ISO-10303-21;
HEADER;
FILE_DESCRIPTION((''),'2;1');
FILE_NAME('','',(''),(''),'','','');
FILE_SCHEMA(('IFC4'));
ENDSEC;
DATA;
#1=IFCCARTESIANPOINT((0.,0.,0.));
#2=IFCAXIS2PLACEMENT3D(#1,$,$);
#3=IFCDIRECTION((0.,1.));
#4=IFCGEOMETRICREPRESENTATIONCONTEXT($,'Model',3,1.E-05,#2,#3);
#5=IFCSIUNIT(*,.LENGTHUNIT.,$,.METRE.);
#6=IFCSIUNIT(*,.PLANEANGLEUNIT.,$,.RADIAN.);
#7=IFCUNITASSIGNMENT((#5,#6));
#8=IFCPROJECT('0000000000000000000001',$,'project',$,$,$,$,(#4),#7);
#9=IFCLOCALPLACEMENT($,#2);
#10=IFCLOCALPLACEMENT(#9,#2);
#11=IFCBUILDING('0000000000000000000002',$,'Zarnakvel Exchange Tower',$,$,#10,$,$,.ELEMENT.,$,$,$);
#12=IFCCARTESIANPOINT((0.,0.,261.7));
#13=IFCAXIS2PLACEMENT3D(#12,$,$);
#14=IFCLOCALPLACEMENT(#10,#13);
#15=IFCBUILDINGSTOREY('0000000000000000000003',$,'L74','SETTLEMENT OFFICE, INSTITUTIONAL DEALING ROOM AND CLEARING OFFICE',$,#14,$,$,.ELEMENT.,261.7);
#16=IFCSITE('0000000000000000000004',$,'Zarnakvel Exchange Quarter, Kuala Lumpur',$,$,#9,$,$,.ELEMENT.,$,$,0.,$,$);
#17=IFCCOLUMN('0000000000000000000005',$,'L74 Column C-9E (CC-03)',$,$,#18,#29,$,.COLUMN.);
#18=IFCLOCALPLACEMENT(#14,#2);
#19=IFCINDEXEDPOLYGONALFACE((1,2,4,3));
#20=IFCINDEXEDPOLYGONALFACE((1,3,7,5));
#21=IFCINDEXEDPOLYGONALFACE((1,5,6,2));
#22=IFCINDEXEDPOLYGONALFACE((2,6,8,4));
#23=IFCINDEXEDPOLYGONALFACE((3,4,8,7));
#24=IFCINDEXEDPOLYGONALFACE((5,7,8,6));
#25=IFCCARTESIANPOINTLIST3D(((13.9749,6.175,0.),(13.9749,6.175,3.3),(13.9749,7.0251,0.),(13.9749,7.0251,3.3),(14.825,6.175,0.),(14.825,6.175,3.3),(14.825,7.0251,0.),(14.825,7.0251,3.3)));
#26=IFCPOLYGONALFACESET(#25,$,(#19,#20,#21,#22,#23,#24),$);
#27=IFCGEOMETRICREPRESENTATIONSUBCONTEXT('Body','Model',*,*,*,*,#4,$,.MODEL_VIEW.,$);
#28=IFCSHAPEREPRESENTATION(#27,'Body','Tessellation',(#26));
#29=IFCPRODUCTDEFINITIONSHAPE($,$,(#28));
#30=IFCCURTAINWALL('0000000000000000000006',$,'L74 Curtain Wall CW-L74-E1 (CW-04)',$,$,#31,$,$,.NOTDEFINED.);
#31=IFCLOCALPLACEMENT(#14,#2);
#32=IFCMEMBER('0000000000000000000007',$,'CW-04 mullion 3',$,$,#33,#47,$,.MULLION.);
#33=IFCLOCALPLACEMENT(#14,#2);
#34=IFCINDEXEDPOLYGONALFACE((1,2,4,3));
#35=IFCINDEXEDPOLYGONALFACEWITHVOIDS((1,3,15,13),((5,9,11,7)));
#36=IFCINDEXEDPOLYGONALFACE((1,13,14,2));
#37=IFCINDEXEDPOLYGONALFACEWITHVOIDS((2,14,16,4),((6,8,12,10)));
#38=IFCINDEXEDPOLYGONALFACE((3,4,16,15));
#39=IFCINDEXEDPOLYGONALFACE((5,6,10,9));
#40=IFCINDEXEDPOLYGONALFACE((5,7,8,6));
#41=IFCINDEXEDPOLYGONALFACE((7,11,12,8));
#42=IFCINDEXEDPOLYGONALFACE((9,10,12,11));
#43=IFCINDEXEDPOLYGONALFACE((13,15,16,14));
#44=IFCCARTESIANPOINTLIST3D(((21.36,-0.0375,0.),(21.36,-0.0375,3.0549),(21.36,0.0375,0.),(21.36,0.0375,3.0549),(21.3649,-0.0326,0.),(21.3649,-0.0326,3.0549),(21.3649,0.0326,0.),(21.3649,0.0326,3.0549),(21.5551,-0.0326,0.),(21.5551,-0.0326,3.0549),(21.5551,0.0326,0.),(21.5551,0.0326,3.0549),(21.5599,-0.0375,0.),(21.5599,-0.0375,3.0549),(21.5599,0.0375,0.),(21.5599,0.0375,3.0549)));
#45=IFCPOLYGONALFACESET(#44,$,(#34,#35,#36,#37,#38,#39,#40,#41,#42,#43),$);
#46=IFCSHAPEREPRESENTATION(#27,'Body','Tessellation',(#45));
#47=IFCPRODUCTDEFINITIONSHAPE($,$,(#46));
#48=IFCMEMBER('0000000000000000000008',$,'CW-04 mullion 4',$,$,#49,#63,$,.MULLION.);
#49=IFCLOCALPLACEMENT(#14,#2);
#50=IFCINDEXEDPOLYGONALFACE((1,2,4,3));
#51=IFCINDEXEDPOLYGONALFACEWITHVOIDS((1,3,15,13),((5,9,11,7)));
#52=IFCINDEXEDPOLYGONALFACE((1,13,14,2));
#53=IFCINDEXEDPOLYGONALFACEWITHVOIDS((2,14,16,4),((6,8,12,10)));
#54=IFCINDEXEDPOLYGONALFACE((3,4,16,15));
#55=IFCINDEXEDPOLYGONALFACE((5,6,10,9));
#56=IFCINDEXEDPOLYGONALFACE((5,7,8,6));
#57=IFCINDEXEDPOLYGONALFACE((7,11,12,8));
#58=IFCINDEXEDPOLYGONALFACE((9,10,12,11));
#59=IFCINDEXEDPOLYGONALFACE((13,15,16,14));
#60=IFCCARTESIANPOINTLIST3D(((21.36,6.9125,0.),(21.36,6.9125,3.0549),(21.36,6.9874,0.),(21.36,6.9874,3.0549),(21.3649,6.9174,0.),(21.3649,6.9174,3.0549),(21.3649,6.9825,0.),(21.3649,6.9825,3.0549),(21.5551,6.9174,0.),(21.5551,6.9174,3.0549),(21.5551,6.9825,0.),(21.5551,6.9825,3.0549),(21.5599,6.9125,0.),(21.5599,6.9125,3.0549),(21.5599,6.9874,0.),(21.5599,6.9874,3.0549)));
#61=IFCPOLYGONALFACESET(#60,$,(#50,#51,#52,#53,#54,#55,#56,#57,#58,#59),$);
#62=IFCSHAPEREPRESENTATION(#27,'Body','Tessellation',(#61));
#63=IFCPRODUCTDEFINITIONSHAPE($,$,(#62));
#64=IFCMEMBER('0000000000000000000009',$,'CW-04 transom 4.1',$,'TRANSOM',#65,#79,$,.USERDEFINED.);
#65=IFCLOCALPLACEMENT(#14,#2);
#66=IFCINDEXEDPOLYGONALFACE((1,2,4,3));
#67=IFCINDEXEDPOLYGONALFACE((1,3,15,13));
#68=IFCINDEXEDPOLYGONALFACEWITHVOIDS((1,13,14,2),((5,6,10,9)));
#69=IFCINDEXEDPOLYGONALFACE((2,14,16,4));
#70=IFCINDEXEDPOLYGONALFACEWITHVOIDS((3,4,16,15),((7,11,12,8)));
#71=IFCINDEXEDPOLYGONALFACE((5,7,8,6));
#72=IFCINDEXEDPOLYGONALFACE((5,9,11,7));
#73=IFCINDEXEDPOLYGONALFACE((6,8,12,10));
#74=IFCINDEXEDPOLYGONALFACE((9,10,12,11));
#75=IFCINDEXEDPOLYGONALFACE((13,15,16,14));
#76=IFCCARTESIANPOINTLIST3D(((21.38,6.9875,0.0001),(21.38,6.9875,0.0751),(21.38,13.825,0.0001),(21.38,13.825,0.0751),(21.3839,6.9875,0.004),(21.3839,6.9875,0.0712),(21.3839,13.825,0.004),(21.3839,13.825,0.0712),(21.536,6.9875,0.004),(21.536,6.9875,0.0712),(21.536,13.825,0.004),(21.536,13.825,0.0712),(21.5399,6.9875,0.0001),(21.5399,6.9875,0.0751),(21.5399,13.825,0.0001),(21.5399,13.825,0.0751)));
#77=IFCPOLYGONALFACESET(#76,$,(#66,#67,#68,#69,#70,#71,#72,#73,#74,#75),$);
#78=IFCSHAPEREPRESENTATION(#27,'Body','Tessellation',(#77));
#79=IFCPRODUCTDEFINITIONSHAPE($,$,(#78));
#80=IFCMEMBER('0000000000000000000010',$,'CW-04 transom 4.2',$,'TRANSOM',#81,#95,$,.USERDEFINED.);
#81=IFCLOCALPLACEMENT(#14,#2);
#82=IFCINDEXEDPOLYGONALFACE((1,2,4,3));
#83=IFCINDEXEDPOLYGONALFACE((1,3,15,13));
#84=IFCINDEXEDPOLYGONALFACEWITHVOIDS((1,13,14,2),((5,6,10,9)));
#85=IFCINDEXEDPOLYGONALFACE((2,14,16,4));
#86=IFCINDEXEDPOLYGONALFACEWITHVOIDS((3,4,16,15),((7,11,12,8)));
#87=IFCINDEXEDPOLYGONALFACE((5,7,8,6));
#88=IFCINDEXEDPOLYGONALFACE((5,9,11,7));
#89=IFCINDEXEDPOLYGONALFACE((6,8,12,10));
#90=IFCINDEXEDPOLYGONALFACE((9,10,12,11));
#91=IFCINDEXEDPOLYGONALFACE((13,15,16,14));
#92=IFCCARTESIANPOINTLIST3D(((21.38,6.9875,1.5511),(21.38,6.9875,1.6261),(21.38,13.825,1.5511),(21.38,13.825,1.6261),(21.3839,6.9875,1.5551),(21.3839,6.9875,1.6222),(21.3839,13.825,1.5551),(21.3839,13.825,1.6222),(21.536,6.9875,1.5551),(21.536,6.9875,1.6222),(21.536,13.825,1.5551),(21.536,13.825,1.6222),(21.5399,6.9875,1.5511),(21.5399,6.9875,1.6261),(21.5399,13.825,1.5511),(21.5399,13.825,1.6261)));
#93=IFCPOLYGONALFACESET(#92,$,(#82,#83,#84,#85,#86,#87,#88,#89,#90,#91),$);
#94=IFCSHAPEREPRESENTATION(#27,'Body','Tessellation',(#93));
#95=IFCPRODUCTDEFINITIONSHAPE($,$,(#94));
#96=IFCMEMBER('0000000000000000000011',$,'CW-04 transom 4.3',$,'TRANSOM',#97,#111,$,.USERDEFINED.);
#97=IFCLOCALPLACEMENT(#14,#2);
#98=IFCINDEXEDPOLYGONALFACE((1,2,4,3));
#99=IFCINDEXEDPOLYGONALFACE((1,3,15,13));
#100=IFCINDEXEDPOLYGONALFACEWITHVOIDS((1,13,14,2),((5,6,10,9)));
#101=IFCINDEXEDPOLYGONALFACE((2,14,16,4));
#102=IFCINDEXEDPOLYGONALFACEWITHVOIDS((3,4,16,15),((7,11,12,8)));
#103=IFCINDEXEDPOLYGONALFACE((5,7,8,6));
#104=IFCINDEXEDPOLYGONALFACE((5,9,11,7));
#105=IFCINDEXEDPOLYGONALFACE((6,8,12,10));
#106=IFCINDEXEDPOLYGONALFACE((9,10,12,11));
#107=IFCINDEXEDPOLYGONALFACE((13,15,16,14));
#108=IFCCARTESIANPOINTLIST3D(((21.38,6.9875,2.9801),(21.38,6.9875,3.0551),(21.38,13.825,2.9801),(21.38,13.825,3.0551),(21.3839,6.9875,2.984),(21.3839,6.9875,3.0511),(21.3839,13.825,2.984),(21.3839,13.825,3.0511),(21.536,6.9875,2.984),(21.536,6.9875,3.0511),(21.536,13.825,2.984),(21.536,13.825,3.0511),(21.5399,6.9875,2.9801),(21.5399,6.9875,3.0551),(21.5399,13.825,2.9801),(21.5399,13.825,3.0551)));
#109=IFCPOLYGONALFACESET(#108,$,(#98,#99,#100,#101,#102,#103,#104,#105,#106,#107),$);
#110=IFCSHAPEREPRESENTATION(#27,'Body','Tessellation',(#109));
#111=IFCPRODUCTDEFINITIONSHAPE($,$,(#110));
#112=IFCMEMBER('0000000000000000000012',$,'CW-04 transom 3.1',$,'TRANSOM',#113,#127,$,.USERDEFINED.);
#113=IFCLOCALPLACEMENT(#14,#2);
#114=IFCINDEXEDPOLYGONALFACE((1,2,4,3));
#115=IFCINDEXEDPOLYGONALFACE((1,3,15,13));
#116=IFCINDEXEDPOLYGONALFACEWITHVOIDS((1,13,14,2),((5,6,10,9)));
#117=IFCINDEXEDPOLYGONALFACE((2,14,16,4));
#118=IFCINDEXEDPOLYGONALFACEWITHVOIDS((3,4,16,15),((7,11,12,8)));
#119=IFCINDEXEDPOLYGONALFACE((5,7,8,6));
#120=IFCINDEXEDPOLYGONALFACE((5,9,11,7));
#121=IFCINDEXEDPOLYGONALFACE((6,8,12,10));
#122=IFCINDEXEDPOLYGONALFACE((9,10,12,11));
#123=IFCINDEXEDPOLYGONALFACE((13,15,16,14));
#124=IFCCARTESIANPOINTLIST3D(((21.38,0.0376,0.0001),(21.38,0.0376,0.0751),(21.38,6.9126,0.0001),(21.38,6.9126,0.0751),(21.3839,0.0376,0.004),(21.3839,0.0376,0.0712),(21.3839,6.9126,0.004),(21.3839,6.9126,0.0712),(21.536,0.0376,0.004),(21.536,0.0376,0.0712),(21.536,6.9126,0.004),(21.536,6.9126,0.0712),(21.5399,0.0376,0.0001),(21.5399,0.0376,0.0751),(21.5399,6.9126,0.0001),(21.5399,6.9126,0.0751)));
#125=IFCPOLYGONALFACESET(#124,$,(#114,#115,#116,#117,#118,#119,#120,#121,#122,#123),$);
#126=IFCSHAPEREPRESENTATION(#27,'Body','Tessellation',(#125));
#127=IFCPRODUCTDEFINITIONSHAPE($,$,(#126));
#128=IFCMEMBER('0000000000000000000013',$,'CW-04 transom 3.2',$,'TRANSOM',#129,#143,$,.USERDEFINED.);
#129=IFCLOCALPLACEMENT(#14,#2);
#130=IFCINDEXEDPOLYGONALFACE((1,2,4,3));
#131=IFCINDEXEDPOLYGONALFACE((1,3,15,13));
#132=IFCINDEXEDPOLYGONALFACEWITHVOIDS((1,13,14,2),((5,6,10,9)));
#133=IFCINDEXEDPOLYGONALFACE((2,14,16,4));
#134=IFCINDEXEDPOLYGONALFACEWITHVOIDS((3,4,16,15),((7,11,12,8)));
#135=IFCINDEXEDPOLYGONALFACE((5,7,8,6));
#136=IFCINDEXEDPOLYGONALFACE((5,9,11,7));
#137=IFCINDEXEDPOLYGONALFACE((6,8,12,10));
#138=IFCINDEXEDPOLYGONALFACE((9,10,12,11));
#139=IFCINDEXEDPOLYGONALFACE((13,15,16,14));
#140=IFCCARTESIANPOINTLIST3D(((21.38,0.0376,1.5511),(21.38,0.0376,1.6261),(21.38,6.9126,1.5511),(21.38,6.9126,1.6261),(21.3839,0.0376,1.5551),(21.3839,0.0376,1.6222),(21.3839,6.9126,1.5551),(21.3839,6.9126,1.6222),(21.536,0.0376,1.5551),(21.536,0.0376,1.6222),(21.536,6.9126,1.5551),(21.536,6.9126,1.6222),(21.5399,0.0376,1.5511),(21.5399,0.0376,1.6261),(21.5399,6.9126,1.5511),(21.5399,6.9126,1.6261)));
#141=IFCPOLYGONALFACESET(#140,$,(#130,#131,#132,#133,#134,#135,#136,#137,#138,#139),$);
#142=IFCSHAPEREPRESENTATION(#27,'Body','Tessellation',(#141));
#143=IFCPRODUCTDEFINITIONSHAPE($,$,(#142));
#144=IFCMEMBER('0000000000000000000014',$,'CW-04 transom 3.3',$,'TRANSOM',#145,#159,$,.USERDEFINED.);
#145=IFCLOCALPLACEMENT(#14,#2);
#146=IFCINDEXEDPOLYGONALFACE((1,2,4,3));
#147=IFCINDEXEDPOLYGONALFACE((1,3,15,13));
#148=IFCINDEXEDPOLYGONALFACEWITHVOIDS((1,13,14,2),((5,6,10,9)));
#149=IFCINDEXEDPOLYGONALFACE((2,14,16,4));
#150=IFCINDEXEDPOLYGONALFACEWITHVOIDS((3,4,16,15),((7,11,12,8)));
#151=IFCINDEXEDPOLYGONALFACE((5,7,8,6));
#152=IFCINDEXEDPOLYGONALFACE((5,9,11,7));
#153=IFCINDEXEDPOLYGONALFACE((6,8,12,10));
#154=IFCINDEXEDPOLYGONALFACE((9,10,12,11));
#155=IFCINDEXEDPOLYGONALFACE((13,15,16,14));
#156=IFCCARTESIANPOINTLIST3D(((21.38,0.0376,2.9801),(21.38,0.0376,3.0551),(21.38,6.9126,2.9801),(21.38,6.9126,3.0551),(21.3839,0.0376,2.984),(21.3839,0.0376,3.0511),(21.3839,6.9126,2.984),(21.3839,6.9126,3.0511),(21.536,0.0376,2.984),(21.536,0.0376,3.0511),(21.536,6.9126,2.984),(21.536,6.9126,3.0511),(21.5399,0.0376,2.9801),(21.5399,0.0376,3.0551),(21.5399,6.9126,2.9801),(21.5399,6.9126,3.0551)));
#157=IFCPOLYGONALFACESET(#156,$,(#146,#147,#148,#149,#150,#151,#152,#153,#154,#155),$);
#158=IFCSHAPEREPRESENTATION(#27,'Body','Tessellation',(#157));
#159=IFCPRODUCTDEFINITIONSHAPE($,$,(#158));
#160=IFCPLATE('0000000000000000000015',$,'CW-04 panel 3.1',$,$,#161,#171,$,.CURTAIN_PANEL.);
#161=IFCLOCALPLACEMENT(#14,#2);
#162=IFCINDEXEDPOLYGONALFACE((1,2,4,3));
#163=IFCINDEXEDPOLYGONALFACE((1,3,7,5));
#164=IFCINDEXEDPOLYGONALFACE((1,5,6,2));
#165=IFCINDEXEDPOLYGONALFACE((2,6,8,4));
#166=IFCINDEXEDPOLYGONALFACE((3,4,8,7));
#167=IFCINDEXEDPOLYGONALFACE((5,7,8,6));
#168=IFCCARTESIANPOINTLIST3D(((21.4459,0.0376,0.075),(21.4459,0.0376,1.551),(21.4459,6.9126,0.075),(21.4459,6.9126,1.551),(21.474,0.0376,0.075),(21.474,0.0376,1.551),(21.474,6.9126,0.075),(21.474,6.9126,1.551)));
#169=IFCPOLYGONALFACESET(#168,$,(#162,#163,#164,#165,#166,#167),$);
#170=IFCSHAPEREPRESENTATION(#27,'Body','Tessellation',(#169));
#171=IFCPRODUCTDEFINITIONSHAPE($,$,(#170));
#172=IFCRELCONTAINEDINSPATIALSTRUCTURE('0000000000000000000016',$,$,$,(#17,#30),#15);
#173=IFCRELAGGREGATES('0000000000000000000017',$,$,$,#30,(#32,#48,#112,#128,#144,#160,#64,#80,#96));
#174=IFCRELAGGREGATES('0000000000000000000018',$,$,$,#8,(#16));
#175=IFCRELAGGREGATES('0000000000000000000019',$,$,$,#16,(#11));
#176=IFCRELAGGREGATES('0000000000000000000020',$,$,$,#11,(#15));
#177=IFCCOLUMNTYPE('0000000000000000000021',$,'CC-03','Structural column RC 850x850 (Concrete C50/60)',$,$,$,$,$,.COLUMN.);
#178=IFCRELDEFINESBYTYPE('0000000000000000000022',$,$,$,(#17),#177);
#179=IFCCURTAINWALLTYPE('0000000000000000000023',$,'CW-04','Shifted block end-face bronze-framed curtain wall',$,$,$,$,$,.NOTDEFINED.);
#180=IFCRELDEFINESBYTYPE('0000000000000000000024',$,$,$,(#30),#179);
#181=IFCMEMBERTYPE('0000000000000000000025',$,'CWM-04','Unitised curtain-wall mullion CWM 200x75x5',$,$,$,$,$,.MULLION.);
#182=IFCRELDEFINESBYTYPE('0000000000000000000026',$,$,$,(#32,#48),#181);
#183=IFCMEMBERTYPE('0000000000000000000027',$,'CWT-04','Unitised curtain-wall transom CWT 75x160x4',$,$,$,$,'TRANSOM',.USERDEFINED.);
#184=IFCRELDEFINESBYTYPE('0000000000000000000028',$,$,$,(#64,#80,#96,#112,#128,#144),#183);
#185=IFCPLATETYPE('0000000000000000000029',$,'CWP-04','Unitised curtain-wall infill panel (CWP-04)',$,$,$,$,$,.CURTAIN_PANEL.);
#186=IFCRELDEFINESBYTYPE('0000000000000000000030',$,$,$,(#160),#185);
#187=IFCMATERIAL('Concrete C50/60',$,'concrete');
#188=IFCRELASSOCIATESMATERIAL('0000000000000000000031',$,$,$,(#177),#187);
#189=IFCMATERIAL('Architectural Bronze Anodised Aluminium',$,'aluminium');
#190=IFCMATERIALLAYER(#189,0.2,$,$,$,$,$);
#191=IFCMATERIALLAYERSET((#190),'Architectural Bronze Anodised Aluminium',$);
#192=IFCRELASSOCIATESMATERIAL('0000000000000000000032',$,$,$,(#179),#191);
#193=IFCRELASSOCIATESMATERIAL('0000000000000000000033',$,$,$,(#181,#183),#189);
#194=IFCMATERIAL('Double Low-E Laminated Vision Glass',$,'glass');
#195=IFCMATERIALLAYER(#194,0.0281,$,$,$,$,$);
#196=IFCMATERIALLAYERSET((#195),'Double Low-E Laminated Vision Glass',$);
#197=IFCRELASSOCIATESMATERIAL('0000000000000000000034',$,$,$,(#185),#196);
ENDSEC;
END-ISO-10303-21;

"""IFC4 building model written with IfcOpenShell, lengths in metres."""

from ifc_helpers import new_model, si_unit, direction, frame, origin, origin_2d, place, context, subcontext, project, spatial, rectangle, hollow_rectangle, extrude, source, transform, mapped, material, layer, layer_set, material_profile, profile_set, type_object, element, aggregate, save


model = new_model("IFC4")

# Units and contexts
model_context = context("Model", 3, precision=1e-05, world=origin(), true_north=direction((0.0, 1.0)))
body_context = subcontext(model_context, "Body", "Model", "MODEL_VIEW")
ifc_project = project(units=[si_unit("LENGTHUNIT", "METRE"), si_unit("PLANEANGLEUNIT", "RADIAN")], contexts=[model_context])

# Site, building, storey
site_placement = place(None, origin())
site = spatial("IfcSite", under=ifc_project, at=site_placement, Name="Zarnakvel Exchange Quarter, Kuala Lumpur", CompositionType="ELEMENT", RefElevation=0.0)
building_placement = place(site_placement, origin())
building = spatial("IfcBuilding", under=site, at=building_placement, Name="Zarnakvel Exchange Tower", CompositionType="ELEMENT")
storey_placement = place(building_placement, frame((0.0, 0.0, 261.7)))
storey = spatial("IfcBuildingStorey", under=building, at=storey_placement, Name="L74", Description="SETTLEMENT OFFICE, INSTITUTIONAL DEALING ROOM AND CLEARING OFFICE", CompositionType="ELEMENT", Elevation=261.7)

# Column
ifc_material_1 = material(Name="Concrete C50/60", Category="concrete")
ifc_material_profile_1 = material_profile(ifc_material_1, rectangle(XDim=0.8501, YDim=0.8501, at=origin_2d()))
ifc_profile_set_1 = profile_set([ifc_material_profile_1], Name="Concrete C50/60")
column_type = type_object("IfcColumnType", Name="CC-03", Description="Structural column RC 850x850 (Concrete C50/60)", PredefinedType="COLUMN", material=ifc_profile_set_1)
column_placement = place(storey_placement, frame((14.3999, 6.6001, 0.0), z_axis=(0.0, 0.0, 1.0), x_axis=(1.0, 0.0, 0.0)))
element("IfcColumn", 1, at=column_placement, inside=storey, type_object=column_type, Name="L74 Column C-9E (CC-03)", PredefinedType="COLUMN", context=body_context, shape_type="SweptSolid", body=[
    extrude(rectangle(XDim=0.8501, YDim=0.8501, at=origin_2d()), origin(), (0.0, 0.0, 1.0), 3.3),
])

# Curtain wall, members, plate
ifc_material_2 = material(Name="Architectural Bronze Anodised Aluminium", Category="aluminium")
ifc_layer_1 = layer(ifc_material_2, 0.2)
ifc_layer_set_1 = layer_set([ifc_layer_1], Name="Architectural Bronze Anodised Aluminium")
curtain_wall_type = type_object("IfcCurtainWallType", Name="CW-04", Description="Shifted block end-face bronze-framed curtain wall", PredefinedType="NOTDEFINED", material=ifc_layer_set_1)
curtain_wall_placement = place(storey_placement, origin())
curtain_wall = element("IfcCurtainWall", 2, at=curtain_wall_placement, inside=storey, type_object=curtain_wall_type, Name="L74 Curtain Wall CW-L74-E1 (CW-04)", PredefinedType="NOTDEFINED")
ifc_material_profile_2 = material_profile(ifc_material_2, hollow_rectangle(XDim=0.2, YDim=0.075, WallThickness=0.0049, at=origin_2d()))
ifc_profile_set_2 = profile_set([ifc_material_profile_2], Name="Architectural Bronze Anodised Aluminium")
member_type_1 = type_object("IfcMemberType", Name="CWM-04", Description="Unitised curtain-wall mullion CWM 200x75x5", PredefinedType="MULLION", material=ifc_profile_set_2)
shared_shape_1 = source(origin(), body_context, "Body", "SweptSolid", [
    extrude(hollow_rectangle(XDim=0.2, YDim=0.075, WallThickness=0.0049, at=origin_2d()), origin(), (0.0, 0.0, 1.0), 3.0549),
])
member_1_placement = place(storey_placement, frame((21.46, 0.0, 0.0), z_axis=(0.0, 0.0, 1.0), x_axis=(-1.0, 0.0, 0.0)))
member_1 = element("IfcMember", 3, at=member_1_placement, type_object=member_type_1, Name="CW-04 mullion 3", PredefinedType="MULLION", context=body_context, shape_type="MappedRepresentation", body=[
    mapped(shared_shape_1, transform((0.0, 0.0, 0.0), x_axis=(1.0, 0.0, 0.0), y_axis=(0.0, 1.0, 0.0), z_axis=(0.0, 0.0, 1.0), scale=1.0)),
])
member_2_placement = place(storey_placement, frame((21.46, 6.95, 0.0), z_axis=(0.0, 0.0, 1.0), x_axis=(-1.0, 0.0, 0.0)))
member_2 = element("IfcMember", 4, at=member_2_placement, type_object=member_type_1, Name="CW-04 mullion 4", PredefinedType="MULLION", context=body_context, shape_type="MappedRepresentation", body=[
    mapped(shared_shape_1, transform((0.0, 0.0, 0.0), x_axis=(1.0, 0.0, 0.0), y_axis=(0.0, 1.0, 0.0), z_axis=(0.0, 0.0, 1.0), scale=1.0)),
])
ifc_material_profile_3 = material_profile(ifc_material_2, hollow_rectangle(XDim=0.1599, YDim=0.075, WallThickness=0.0039, at=origin_2d()))
ifc_profile_set_3 = profile_set([ifc_material_profile_3], Name="Architectural Bronze Anodised Aluminium")
member_type_2 = type_object("IfcMemberType", Name="CWT-04", Description="Unitised curtain-wall transom CWT 75x160x4", ElementType="TRANSOM", PredefinedType="USERDEFINED", material=ifc_profile_set_3)
shared_shape_2 = source(origin(), body_context, "Body", "SweptSolid", [
    extrude(hollow_rectangle(XDim=0.1599, YDim=0.075, WallThickness=0.0039, at=origin_2d()), origin(), (0.0, 0.0, 1.0), 6.8374),
])
member_3_placement = place(storey_placement, frame((21.46, 6.9875, 0.0376), z_axis=(0.0, 1.0, 0.0), x_axis=(-1.0, 0.0, 0.0)))
member_3 = element("IfcMember", 5, at=member_3_placement, type_object=member_type_2, Name="CW-04 transom 4.1", ObjectType="TRANSOM", PredefinedType="USERDEFINED", context=body_context, shape_type="MappedRepresentation", body=[
    mapped(shared_shape_2, transform((0.0, 0.0, 0.0), x_axis=(1.0, 0.0, 0.0), y_axis=(0.0, 1.0, 0.0), z_axis=(0.0, 0.0, 1.0), scale=1.0)),
])
member_4_placement = place(storey_placement, frame((21.46, 6.9875, 1.5886), z_axis=(0.0, 1.0, 0.0), x_axis=(-1.0, 0.0, 0.0)))
member_4 = element("IfcMember", 6, at=member_4_placement, type_object=member_type_2, Name="CW-04 transom 4.2", ObjectType="TRANSOM", PredefinedType="USERDEFINED", context=body_context, shape_type="MappedRepresentation", body=[
    mapped(shared_shape_2, transform((0.0, 0.0, 0.0), x_axis=(1.0, 0.0, 0.0), y_axis=(0.0, 1.0, 0.0), z_axis=(0.0, 0.0, 1.0), scale=1.0)),
])
member_5_placement = place(storey_placement, frame((21.46, 6.9875, 3.0176), z_axis=(0.0, 1.0, 0.0), x_axis=(-1.0, 0.0, 0.0)))
member_5 = element("IfcMember", 7, at=member_5_placement, type_object=member_type_2, Name="CW-04 transom 4.3", ObjectType="TRANSOM", PredefinedType="USERDEFINED", context=body_context, shape_type="MappedRepresentation", body=[
    mapped(shared_shape_2, transform((0.0, 0.0, 0.0), x_axis=(1.0, 0.0, 0.0), y_axis=(0.0, 1.0, 0.0), z_axis=(0.0, 0.0, 1.0), scale=1.0)),
])
shared_shape_3 = source(origin(), body_context, "Body", "SweptSolid", [
    extrude(hollow_rectangle(XDim=0.1599, YDim=0.075, WallThickness=0.0039, at=origin_2d()), origin(), (0.0, 0.0, 1.0), 6.875),
])
member_6_placement = place(storey_placement, frame((21.46, 0.0376, 0.0376), z_axis=(0.0, 1.0, 0.0), x_axis=(-1.0, 0.0, 0.0)))
member_6 = element("IfcMember", 8, at=member_6_placement, type_object=member_type_2, Name="CW-04 transom 3.1", ObjectType="TRANSOM", PredefinedType="USERDEFINED", context=body_context, shape_type="MappedRepresentation", body=[
    mapped(shared_shape_3, transform((0.0, 0.0, 0.0), x_axis=(1.0, 0.0, 0.0), y_axis=(0.0, 1.0, 0.0), z_axis=(0.0, 0.0, 1.0), scale=1.0)),
])
member_7_placement = place(storey_placement, frame((21.46, 0.0376, 1.5886), z_axis=(0.0, 1.0, 0.0), x_axis=(-1.0, 0.0, 0.0)))
member_7 = element("IfcMember", 9, at=member_7_placement, type_object=member_type_2, Name="CW-04 transom 3.2", ObjectType="TRANSOM", PredefinedType="USERDEFINED", context=body_context, shape_type="MappedRepresentation", body=[
    mapped(shared_shape_3, transform((0.0, 0.0, 0.0), x_axis=(1.0, 0.0, 0.0), y_axis=(0.0, 1.0, 0.0), z_axis=(0.0, 0.0, 1.0), scale=1.0)),
])
member_8_placement = place(storey_placement, frame((21.46, 0.0376, 3.0176), z_axis=(0.0, 1.0, 0.0), x_axis=(-1.0, 0.0, 0.0)))
member_8 = element("IfcMember", 10, at=member_8_placement, type_object=member_type_2, Name="CW-04 transom 3.3", ObjectType="TRANSOM", PredefinedType="USERDEFINED", context=body_context, shape_type="MappedRepresentation", body=[
    mapped(shared_shape_3, transform((0.0, 0.0, 0.0), x_axis=(1.0, 0.0, 0.0), y_axis=(0.0, 1.0, 0.0), z_axis=(0.0, 0.0, 1.0), scale=1.0)),
])
ifc_material_3 = material(Name="Double Low-E Laminated Vision Glass", Category="glass")
ifc_layer_2 = layer(ifc_material_3, 0.0281)
ifc_layer_set_2 = layer_set([ifc_layer_2], Name="Double Low-E Laminated Vision Glass")
plate_type = type_object("IfcPlateType", Name="CWP-04", Description="Unitised curtain-wall infill panel (CWP-04)", PredefinedType="CURTAIN_PANEL", material=ifc_layer_set_2)
shared_shape_4 = source(origin(), body_context, "Body", "SweptSolid", [
    extrude(rectangle(XDim=6.875, YDim=0.0281, at=origin_2d()), origin(), (0.0, 0.0, 1.0), 1.4761),
])
plate_1_placement = place(storey_placement, frame((21.46, 3.4751, 0.075), z_axis=(0.0, 0.0, 1.0), x_axis=(0.0, 1.0, 0.0)))
plate_1 = element("IfcPlate", 11, at=plate_1_placement, type_object=plate_type, Name="CW-04 panel 3.1", PredefinedType="CURTAIN_PANEL", context=body_context, shape_type="MappedRepresentation", body=[
    mapped(shared_shape_4, transform((0.0, 0.0, 0.0), x_axis=(1.0, 0.0, 0.0), y_axis=(0.0, 1.0, 0.0), z_axis=(0.0, 0.0, 1.0), scale=1.0)),
])
aggregate(curtain_wall, [member_1, member_2, member_6, member_7, member_8, plate_1, member_3, member_4, member_5])

save(model, "model.ifc")
